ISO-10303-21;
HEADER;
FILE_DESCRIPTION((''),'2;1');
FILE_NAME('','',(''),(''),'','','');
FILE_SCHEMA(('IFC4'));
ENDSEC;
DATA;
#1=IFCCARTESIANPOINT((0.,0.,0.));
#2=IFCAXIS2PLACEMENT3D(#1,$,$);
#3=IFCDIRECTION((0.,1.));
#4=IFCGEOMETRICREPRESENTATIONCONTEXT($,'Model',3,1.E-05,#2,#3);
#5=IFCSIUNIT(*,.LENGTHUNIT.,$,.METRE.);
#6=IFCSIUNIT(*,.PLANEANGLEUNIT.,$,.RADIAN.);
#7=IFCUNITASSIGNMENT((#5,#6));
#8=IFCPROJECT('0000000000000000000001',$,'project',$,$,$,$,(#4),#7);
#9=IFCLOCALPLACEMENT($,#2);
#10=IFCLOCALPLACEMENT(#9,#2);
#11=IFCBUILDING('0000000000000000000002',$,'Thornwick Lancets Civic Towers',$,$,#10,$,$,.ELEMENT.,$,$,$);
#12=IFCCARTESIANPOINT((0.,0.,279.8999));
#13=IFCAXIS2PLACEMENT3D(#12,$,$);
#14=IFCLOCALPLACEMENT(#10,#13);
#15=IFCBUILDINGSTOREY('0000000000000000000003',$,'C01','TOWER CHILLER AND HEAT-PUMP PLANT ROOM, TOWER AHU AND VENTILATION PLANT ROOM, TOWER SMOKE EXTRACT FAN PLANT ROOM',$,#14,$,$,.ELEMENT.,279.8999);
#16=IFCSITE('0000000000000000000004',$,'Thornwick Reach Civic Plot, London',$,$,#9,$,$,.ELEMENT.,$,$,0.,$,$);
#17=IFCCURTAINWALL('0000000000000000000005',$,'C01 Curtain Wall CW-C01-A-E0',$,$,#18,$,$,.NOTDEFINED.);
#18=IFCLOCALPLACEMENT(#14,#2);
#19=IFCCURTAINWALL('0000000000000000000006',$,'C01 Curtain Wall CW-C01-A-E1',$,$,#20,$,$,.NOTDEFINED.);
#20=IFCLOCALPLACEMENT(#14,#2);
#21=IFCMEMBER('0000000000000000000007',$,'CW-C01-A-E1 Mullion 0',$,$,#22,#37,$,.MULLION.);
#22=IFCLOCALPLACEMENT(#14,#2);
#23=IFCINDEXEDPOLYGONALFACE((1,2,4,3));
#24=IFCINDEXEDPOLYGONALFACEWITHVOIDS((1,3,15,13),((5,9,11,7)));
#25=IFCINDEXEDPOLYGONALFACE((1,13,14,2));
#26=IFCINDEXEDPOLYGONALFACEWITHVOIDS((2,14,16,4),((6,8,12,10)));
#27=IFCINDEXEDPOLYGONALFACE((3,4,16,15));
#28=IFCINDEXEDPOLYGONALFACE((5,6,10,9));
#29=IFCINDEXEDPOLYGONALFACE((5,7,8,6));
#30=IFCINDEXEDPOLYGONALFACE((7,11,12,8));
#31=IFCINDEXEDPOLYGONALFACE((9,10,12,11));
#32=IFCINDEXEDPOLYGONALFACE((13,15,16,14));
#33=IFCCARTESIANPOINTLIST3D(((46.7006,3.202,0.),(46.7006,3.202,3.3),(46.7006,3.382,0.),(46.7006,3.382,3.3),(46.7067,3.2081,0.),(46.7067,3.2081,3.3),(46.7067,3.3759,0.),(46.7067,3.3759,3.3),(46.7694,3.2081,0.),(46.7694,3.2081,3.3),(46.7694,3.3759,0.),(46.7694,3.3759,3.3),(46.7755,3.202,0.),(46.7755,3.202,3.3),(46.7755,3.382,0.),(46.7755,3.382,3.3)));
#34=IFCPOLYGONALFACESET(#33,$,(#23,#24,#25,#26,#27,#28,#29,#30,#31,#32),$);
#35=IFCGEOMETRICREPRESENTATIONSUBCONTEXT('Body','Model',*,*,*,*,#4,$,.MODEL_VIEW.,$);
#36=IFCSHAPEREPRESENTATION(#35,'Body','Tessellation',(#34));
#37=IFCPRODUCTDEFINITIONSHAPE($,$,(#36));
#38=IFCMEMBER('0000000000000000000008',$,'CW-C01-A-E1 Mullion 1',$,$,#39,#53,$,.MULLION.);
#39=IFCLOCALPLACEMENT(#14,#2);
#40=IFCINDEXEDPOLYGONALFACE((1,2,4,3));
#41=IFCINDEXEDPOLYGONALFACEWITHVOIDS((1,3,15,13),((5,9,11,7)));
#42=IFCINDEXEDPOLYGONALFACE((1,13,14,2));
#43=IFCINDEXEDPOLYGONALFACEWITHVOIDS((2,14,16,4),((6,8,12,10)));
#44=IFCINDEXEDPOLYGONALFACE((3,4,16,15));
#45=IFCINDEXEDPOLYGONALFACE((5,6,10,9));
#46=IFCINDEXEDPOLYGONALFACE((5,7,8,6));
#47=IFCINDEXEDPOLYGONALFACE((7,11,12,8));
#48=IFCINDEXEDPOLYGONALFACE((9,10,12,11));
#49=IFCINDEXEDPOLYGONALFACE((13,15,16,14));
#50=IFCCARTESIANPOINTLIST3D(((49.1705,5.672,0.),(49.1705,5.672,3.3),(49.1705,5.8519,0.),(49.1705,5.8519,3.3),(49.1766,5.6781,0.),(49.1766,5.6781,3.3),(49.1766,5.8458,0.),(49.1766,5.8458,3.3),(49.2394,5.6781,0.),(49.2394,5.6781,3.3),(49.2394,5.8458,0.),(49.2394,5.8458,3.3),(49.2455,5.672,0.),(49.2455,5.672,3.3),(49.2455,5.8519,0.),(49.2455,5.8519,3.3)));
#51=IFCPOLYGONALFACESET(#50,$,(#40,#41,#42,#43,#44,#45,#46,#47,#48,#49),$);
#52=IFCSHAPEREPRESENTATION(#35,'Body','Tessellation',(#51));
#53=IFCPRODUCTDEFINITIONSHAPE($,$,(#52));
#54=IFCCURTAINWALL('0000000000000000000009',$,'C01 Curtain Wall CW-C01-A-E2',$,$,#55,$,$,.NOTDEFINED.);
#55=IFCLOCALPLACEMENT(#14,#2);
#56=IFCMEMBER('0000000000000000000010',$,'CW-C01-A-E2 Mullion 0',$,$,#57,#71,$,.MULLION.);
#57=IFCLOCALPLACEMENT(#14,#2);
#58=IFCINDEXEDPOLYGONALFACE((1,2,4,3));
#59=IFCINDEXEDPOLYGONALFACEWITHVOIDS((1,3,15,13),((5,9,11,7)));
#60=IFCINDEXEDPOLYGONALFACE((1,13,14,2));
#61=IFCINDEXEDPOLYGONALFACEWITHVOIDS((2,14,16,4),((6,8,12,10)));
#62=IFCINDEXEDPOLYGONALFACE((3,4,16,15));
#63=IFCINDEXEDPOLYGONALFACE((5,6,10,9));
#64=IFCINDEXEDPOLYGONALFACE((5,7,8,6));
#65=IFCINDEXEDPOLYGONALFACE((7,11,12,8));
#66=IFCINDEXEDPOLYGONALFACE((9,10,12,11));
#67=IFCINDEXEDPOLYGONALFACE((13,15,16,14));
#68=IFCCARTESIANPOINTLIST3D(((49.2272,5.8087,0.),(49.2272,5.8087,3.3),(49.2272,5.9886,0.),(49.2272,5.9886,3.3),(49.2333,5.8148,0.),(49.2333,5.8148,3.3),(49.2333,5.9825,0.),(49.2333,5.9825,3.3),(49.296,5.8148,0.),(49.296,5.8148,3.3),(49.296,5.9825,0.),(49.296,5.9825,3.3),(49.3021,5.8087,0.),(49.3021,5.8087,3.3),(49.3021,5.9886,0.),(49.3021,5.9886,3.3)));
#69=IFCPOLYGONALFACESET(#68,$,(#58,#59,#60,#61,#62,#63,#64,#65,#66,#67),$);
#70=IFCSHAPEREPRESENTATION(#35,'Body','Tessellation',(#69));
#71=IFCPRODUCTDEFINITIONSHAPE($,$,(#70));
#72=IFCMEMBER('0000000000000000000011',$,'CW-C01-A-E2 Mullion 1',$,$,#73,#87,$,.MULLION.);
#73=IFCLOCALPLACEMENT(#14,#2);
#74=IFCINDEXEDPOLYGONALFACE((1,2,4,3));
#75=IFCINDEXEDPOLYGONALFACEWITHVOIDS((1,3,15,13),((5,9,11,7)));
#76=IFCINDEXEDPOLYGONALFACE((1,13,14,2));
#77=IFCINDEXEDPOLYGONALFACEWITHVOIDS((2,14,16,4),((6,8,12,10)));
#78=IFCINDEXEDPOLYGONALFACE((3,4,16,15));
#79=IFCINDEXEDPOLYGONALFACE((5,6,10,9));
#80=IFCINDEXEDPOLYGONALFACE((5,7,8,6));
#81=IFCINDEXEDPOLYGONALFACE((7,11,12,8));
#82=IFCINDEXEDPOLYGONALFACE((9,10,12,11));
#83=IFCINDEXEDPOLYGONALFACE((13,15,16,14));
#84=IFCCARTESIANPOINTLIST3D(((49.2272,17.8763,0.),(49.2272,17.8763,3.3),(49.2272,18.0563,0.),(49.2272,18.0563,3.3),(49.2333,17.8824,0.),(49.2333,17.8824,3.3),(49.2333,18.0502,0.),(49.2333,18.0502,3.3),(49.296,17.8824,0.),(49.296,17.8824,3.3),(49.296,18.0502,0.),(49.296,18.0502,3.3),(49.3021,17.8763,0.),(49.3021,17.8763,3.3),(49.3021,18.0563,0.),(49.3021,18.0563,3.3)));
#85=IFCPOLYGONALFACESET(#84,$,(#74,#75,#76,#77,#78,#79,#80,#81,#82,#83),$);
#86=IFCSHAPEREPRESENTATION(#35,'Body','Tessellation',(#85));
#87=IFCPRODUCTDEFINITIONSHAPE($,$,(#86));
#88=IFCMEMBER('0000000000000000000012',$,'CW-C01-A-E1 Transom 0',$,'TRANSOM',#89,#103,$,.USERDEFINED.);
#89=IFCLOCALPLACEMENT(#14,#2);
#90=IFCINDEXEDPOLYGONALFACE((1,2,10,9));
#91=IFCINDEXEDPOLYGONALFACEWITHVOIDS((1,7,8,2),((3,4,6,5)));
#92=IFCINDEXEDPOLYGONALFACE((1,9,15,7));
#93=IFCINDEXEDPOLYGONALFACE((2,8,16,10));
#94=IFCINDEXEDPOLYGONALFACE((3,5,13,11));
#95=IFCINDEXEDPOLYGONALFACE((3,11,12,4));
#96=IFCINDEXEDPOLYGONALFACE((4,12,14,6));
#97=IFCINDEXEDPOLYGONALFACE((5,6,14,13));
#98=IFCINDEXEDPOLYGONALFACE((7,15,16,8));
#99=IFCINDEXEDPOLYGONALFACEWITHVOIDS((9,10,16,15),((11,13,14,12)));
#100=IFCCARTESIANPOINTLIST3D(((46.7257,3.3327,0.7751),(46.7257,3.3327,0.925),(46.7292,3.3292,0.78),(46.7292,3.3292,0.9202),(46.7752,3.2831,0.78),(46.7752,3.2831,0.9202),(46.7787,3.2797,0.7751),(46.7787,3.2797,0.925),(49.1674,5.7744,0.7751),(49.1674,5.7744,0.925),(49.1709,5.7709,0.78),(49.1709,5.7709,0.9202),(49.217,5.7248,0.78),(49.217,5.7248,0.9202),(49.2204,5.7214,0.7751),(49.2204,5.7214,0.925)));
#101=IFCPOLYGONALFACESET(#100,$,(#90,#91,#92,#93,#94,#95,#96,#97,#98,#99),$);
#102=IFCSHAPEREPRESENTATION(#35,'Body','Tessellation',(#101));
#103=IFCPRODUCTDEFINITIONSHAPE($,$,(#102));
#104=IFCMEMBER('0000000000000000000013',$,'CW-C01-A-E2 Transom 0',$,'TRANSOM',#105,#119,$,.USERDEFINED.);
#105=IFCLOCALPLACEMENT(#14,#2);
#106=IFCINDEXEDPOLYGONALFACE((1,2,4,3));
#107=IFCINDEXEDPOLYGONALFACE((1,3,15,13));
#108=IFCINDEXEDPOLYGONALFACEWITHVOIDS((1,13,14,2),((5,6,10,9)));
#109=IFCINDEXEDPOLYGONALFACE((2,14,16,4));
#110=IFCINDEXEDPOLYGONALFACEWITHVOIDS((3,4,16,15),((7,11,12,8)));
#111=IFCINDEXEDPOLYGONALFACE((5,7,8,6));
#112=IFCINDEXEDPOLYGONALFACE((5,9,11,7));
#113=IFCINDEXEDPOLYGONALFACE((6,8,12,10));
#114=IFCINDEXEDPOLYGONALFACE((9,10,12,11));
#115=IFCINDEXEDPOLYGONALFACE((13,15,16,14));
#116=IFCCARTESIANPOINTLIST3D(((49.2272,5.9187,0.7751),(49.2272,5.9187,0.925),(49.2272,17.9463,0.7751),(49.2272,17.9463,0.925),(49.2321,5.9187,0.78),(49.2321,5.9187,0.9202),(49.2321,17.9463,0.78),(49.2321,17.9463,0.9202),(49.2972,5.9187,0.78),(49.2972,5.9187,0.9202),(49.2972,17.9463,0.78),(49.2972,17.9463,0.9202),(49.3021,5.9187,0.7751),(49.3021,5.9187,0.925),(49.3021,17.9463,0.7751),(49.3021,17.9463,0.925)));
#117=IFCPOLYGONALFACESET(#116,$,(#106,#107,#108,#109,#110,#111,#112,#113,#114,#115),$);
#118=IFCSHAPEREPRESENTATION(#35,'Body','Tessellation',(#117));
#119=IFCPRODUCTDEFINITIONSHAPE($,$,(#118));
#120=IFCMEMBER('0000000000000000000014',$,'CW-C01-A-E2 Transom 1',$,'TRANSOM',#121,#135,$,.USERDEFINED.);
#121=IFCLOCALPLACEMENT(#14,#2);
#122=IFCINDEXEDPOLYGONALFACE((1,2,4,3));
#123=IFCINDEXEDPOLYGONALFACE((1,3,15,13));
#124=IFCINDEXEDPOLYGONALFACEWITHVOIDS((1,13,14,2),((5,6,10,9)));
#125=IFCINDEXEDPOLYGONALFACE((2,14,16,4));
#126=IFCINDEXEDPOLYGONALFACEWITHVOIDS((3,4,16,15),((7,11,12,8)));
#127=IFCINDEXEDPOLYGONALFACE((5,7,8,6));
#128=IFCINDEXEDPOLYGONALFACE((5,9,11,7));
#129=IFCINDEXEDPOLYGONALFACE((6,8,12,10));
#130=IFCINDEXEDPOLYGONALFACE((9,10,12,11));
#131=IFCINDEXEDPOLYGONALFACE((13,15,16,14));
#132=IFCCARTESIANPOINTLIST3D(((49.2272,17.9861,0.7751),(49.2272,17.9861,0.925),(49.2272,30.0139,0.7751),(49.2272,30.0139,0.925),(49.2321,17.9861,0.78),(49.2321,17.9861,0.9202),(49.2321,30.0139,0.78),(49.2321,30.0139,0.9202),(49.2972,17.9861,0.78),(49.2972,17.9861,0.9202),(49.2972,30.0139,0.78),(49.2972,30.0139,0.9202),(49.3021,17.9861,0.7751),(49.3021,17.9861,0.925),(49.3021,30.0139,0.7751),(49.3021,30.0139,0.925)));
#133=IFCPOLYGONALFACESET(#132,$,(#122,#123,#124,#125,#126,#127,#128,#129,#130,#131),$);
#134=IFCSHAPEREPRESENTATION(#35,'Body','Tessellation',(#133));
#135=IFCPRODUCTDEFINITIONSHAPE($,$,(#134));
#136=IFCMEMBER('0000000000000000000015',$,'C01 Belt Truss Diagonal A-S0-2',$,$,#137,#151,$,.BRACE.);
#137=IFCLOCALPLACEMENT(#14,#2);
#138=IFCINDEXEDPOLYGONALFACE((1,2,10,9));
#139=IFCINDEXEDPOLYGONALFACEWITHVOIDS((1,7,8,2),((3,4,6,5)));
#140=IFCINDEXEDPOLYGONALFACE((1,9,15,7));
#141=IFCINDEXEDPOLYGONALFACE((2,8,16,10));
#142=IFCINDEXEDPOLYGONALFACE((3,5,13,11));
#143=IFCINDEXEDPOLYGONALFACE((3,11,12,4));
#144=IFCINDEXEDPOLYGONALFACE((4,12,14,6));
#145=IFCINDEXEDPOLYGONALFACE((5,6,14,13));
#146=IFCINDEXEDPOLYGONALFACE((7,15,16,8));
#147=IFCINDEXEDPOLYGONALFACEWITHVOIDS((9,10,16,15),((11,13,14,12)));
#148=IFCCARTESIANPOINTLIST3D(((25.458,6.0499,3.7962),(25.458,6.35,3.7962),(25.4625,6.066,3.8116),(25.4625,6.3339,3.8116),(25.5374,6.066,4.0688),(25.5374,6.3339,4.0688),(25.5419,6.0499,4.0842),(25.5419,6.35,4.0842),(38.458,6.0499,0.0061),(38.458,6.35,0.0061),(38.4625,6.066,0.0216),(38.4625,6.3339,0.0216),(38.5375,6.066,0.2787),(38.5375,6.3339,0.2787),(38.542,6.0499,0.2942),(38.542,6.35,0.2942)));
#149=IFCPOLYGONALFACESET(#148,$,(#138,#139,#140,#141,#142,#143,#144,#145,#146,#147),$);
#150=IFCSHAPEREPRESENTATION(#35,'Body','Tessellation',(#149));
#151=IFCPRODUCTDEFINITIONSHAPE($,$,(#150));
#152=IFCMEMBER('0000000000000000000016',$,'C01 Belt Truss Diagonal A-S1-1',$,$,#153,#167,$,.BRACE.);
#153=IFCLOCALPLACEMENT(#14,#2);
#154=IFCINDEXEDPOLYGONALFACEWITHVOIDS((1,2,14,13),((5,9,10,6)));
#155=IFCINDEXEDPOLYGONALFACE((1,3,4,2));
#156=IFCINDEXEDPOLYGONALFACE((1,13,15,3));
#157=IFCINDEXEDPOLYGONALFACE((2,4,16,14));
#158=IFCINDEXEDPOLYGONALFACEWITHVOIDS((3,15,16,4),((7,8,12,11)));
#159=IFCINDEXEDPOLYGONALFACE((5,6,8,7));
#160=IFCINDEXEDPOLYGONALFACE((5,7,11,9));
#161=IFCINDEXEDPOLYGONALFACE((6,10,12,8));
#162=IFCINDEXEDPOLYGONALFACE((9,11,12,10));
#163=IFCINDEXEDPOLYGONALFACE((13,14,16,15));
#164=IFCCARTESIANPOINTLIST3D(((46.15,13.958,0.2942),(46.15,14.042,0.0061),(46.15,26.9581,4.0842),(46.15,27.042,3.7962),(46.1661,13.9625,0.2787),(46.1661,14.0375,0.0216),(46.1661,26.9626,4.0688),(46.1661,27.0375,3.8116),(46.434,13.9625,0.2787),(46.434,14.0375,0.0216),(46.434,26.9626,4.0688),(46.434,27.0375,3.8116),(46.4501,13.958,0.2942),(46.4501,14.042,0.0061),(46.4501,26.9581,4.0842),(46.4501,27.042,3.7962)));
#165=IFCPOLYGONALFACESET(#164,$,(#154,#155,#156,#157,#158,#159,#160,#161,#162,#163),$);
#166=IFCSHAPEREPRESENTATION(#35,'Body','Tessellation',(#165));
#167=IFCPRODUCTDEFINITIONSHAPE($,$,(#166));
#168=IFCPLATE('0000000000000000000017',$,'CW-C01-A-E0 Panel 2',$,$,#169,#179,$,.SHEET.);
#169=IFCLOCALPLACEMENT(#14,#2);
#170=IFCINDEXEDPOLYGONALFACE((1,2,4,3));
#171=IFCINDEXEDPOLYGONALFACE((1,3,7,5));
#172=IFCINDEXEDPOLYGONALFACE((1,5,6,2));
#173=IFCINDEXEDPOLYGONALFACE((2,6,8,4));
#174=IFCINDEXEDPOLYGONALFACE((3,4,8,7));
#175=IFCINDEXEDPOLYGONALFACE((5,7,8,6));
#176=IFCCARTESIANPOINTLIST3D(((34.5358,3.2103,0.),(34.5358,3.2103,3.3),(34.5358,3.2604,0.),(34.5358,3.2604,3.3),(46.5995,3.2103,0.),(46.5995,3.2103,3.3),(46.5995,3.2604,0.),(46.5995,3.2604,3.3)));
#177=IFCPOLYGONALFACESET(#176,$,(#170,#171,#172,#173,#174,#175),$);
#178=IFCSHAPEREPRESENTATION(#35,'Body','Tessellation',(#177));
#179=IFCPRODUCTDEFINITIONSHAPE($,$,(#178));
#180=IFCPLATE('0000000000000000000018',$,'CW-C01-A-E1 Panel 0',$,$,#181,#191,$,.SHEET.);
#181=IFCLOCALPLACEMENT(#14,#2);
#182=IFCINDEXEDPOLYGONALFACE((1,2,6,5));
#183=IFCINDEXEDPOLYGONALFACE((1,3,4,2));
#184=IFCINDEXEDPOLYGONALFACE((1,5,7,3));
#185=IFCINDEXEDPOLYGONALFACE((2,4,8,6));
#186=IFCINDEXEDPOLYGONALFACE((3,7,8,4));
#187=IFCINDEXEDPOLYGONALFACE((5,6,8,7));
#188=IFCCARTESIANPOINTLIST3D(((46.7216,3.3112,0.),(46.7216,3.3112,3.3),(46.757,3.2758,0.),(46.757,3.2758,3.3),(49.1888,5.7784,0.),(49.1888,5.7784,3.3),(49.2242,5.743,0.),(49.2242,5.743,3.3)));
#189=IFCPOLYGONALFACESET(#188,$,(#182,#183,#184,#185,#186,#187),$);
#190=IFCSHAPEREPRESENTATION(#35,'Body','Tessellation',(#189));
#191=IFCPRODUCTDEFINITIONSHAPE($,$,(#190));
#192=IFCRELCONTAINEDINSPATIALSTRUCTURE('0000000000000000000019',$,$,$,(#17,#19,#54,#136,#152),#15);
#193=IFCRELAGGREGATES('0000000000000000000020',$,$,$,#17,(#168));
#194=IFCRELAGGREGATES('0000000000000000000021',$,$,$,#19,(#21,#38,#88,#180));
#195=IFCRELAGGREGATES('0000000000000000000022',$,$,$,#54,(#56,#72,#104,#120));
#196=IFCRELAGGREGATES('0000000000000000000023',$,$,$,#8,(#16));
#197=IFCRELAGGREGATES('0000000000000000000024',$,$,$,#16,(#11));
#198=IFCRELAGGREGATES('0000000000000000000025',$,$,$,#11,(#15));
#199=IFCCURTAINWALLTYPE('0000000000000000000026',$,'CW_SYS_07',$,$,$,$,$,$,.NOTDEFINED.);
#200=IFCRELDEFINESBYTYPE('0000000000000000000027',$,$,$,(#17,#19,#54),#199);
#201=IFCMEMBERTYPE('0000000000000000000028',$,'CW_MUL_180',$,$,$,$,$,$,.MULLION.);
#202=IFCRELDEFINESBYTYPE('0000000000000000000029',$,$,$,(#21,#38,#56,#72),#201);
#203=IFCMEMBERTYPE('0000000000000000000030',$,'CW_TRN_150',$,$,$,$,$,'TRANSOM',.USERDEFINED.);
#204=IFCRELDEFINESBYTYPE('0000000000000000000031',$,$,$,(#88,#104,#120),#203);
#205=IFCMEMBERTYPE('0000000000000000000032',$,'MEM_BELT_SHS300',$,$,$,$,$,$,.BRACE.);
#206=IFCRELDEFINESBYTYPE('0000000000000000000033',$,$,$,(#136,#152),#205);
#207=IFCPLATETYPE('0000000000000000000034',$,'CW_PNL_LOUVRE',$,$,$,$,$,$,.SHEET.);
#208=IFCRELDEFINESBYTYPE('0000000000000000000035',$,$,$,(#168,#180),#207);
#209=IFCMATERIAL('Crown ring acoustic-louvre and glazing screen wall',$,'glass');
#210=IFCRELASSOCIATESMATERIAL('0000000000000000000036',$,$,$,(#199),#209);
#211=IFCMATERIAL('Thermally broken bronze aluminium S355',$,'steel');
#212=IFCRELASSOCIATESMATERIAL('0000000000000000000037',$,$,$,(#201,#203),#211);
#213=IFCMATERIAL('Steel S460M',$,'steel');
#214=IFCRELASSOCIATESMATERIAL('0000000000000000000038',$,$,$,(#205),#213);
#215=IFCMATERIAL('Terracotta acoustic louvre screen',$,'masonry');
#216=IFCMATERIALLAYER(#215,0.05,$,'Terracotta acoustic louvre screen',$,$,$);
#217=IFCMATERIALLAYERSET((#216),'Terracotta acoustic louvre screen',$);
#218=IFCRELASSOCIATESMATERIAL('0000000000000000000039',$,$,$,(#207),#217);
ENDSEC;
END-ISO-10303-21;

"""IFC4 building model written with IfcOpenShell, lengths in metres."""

from ifc_helpers import new_model, si_unit, direction, frame, origin, origin_2d, place, context, subcontext, project, spatial, rectangle, hollow_rectangle, extrude, material, layer, layer_set, material_profile, profile_set, type_object, element, aggregate, save


model = new_model("IFC4")

# Units and contexts
model_context = context("Model", 3, precision=1e-05, world=origin(), true_north=direction((0.0, 1.0)))
body_context = subcontext(model_context, "Body", "Model", "MODEL_VIEW")
ifc_project = project(units=[si_unit("LENGTHUNIT", "METRE"), si_unit("PLANEANGLEUNIT", "RADIAN")], contexts=[model_context])

# Site, building, storey
site_placement = place(None, origin())
site = spatial("IfcSite", under=ifc_project, at=site_placement, Name="Thornwick Reach Civic Plot, London", CompositionType="ELEMENT", RefElevation=0.0)
building_placement = place(site_placement, origin())
building = spatial("IfcBuilding", under=site, at=building_placement, Name="Thornwick Lancets Civic Towers", CompositionType="ELEMENT")
storey_placement = place(building_placement, frame((0.0, 0.0, 279.8999)))
storey = spatial("IfcBuildingStorey", under=building, at=storey_placement, Name="C01", Description="TOWER CHILLER AND HEAT-PUMP PLANT ROOM, TOWER AHU AND VENTILATION PLANT ROOM, TOWER SMOKE EXTRACT FAN PLANT ROOM", CompositionType="ELEMENT", Elevation=279.8999)

# Shared definitions
ifc_material_1 = material(Name="Steel S460M", Category="steel")

# Curtain wall
ifc_material_2 = material(Name="Crown ring acoustic-louvre and glazing screen wall", Category="glass")
curtain_wall_type = type_object("IfcCurtainWallType", Name="CW_SYS_07", PredefinedType="NOTDEFINED", material=ifc_material_2)
curtain_wall_1_placement = place(storey_placement, origin())
curtain_wall_1 = element("IfcCurtainWall", 1, at=curtain_wall_1_placement, inside=storey, type_object=curtain_wall_type, Name="C01 Curtain Wall CW-C01-A-E0", PredefinedType="NOTDEFINED")
ifc_material_3 = material(Name="Thermally broken bronze aluminium S355", Category="steel")
ifc_material_profile_1 = material_profile(ifc_material_3, hollow_rectangle(XDim=0.075, YDim=0.1799, WallThickness=0.0061, at=origin_2d()), Name="RHS 180x75x6")
ifc_profile_set_1 = profile_set([ifc_material_profile_1], Name="Thermally broken bronze aluminium S355")
member_type_1 = type_object("IfcMemberType", Name="CW_MUL_180", PredefinedType="MULLION", material=ifc_profile_set_1)

# Curtain walls, members
curtain_wall_2_placement = place(storey_placement, origin())
curtain_wall_2 = element("IfcCurtainWall", 2, at=curtain_wall_2_placement, inside=storey, type_object=curtain_wall_type, Name="C01 Curtain Wall CW-C01-A-E1", PredefinedType="NOTDEFINED")
member_1_placement = place(storey_placement, frame((46.738, 3.292, 0.0), z_axis=(0.0, 0.0, 1.0), x_axis=(1.0, 0.0, 0.0)))
member_1 = element("IfcMember", 3, at=member_1_placement, type_object=member_type_1, Name="CW-C01-A-E1 Mullion 0", PredefinedType="MULLION", context=body_context, shape_type="SweptSolid", body=[
    extrude(hollow_rectangle(XDim=0.075, YDim=0.1799, WallThickness=0.0061, at=origin_2d()), origin(), (0.0, 0.0, 1.0), 3.3),
])
member_2_placement = place(storey_placement, frame((49.208, 5.762, 0.0), z_axis=(0.0, 0.0, 1.0), x_axis=(1.0, 0.0, 0.0)))
member_2 = element("IfcMember", 4, at=member_2_placement, type_object=member_type_1, Name="CW-C01-A-E1 Mullion 1", PredefinedType="MULLION", context=body_context, shape_type="SweptSolid", body=[
    extrude(hollow_rectangle(XDim=0.075, YDim=0.1799, WallThickness=0.0061, at=origin_2d()), origin(), (0.0, 0.0, 1.0), 3.3),
])
curtain_wall_3_placement = place(storey_placement, origin())
curtain_wall_3 = element("IfcCurtainWall", 5, at=curtain_wall_3_placement, inside=storey, type_object=curtain_wall_type, Name="C01 Curtain Wall CW-C01-A-E2", PredefinedType="NOTDEFINED")
member_3_placement = place(storey_placement, frame((49.2646, 5.8987, 0.0), z_axis=(0.0, 0.0, 1.0), x_axis=(1.0, 0.0, 0.0)))
member_3 = element("IfcMember", 6, at=member_3_placement, type_object=member_type_1, Name="CW-C01-A-E2 Mullion 0", PredefinedType="MULLION", context=body_context, shape_type="SweptSolid", body=[
    extrude(hollow_rectangle(XDim=0.075, YDim=0.1799, WallThickness=0.0061, at=origin_2d()), origin(), (0.0, 0.0, 1.0), 3.3),
])
member_4_placement = place(storey_placement, frame((49.2646, 17.9663, 0.0), z_axis=(0.0, 0.0, 1.0), x_axis=(1.0, 0.0, 0.0)))
member_4 = element("IfcMember", 7, at=member_4_placement, type_object=member_type_1, Name="CW-C01-A-E2 Mullion 1", PredefinedType="MULLION", context=body_context, shape_type="SweptSolid", body=[
    extrude(hollow_rectangle(XDim=0.075, YDim=0.1799, WallThickness=0.0061, at=origin_2d()), origin(), (0.0, 0.0, 1.0), 3.3),
])

# Members
ifc_material_profile_2 = material_profile(ifc_material_3, hollow_rectangle(XDim=0.075, YDim=0.1499, WallThickness=0.0049, at=origin_2d()), Name="RHS 150x75x5")
ifc_profile_set_2 = profile_set([ifc_material_profile_2], Name="Thermally broken bronze aluminium S355")
member_type_2 = type_object("IfcMemberType", Name="CW_TRN_150", ElementType="TRANSOM", PredefinedType="USERDEFINED", material=ifc_profile_set_2)
member_5_placement = place(storey_placement, frame((46.7522, 3.3062, 0.8501), z_axis=(0.707107, 0.707107, 0.0), x_axis=(-0.707107, 0.707107, 0.0)))
member_5 = element("IfcMember", 8, at=member_5_placement, type_object=member_type_2, Name="CW-C01-A-E1 Transom 0", ObjectType="TRANSOM", PredefinedType="USERDEFINED", context=body_context, shape_type="SweptSolid", body=[
    extrude(hollow_rectangle(XDim=0.075, YDim=0.1499, WallThickness=0.0049, at=origin_2d()), origin(), (0.0, 0.0, 1.0), 3.4531),
])
member_6_placement = place(storey_placement, frame((49.2646, 5.9187, 0.8501), z_axis=(0.0, 1.0, 0.0), x_axis=(-1.0, 0.0, 0.0)))
member_6 = element("IfcMember", 9, at=member_6_placement, type_object=member_type_2, Name="CW-C01-A-E2 Transom 0", ObjectType="TRANSOM", PredefinedType="USERDEFINED", context=body_context, shape_type="SweptSolid", body=[
    extrude(hollow_rectangle(XDim=0.075, YDim=0.1499, WallThickness=0.0049, at=origin_2d()), origin(), (0.0, 0.0, 1.0), 12.0276),
])
member_7_placement = place(storey_placement, frame((49.2646, 17.9861, 0.8501), z_axis=(0.0, 1.0, 0.0), x_axis=(-1.0, 0.0, 0.0)))
member_7 = element("IfcMember", 10, at=member_7_placement, type_object=member_type_2, Name="CW-C01-A-E2 Transom 1", ObjectType="TRANSOM", PredefinedType="USERDEFINED", context=body_context, shape_type="SweptSolid", body=[
    extrude(hollow_rectangle(XDim=0.075, YDim=0.1499, WallThickness=0.0049, at=origin_2d()), origin(), (0.0, 0.0, 1.0), 12.0278),
])

# Members
ifc_material_profile_3 = material_profile(ifc_material_1, hollow_rectangle(XDim=0.3, YDim=0.3, WallThickness=0.0161, at=origin_2d()), Name="SHS 300x300x16")
ifc_profile_set_3 = profile_set([ifc_material_profile_3], Name="Steel S460M")
member_type_3 = type_object("IfcMemberType", Name="MEM_BELT_SHS300", PredefinedType="BRACE", material=ifc_profile_set_3)
for number, where, z_axis, x_axis, name in (
    (11, (38.5, 6.2, 0.1501), (-0.960032, 0.0, 0.279889), (0.0, -1.0, 0.0), "C01 Belt Truss Diagonal A-S0-2"),
    (12, (46.3, 14.0, 0.1501), (0.0, 0.960032, 0.279889), (-1.0, 0.0, 0.0), "C01 Belt Truss Diagonal A-S1-1"),
):
    element("IfcMember", number, at=place(storey_placement, frame(where, z_axis=z_axis, x_axis=x_axis)), inside=storey, type_object=member_type_3, Name=name, PredefinedType="BRACE", context=body_context, shape_type="SweptSolid", body=[
        extrude(hollow_rectangle(XDim=0.3, YDim=0.3, WallThickness=0.0161, at=origin_2d()), origin(), (0.0, 0.0, 1.0), 13.5413),
    ])

# Plates
ifc_material_4 = material(Name="Terracotta acoustic louvre screen", Category="masonry")
ifc_layer_1 = layer(ifc_material_4, 0.05, Name="Terracotta acoustic louvre screen")
ifc_layer_set_1 = layer_set([ifc_layer_1], Name="Terracotta acoustic louvre screen")
plate_type_1 = type_object("IfcPlateType", Name="CW_PNL_LOUVRE", PredefinedType="SHEET", material=ifc_layer_set_1)
plate_1_placement = place(storey_placement, frame((40.5676, 3.2354, 0.0), z_axis=(0.0, 0.0, 1.0), x_axis=(1.0, 0.0, 0.0)))
plate_1 = element("IfcPlate", 13, at=plate_1_placement, type_object=plate_type_1, Name="CW-C01-A-E0 Panel 2", PredefinedType="SHEET", context=body_context, shape_type="SweptSolid", body=[
    extrude(rectangle(XDim=12.0637, YDim=0.05, at=origin_2d()), origin(), (0.0, 0.0, 1.0), 3.3),
])
aggregate(curtain_wall_1, [plate_1])
plate_2_placement = place(storey_placement, frame((47.9729, 4.5271, 0.0), z_axis=(0.0, 0.0, 1.0), x_axis=(0.707107, 0.707107, 0.0)))
plate_2 = element("IfcPlate", 14, at=plate_2_placement, type_object=plate_type_1, Name="CW-C01-A-E1 Panel 0", PredefinedType="SHEET", context=body_context, shape_type="SweptSolid", body=[
    extrude(rectangle(XDim=3.4893, YDim=0.05, at=origin_2d()), origin(), (0.0, 0.0, 1.0), 3.3),
])
aggregate(curtain_wall_2, [member_1, member_2, member_5, plate_2])
aggregate(curtain_wall_3, [member_3, member_4, member_6, member_7])

save(model, "model.ifc")
